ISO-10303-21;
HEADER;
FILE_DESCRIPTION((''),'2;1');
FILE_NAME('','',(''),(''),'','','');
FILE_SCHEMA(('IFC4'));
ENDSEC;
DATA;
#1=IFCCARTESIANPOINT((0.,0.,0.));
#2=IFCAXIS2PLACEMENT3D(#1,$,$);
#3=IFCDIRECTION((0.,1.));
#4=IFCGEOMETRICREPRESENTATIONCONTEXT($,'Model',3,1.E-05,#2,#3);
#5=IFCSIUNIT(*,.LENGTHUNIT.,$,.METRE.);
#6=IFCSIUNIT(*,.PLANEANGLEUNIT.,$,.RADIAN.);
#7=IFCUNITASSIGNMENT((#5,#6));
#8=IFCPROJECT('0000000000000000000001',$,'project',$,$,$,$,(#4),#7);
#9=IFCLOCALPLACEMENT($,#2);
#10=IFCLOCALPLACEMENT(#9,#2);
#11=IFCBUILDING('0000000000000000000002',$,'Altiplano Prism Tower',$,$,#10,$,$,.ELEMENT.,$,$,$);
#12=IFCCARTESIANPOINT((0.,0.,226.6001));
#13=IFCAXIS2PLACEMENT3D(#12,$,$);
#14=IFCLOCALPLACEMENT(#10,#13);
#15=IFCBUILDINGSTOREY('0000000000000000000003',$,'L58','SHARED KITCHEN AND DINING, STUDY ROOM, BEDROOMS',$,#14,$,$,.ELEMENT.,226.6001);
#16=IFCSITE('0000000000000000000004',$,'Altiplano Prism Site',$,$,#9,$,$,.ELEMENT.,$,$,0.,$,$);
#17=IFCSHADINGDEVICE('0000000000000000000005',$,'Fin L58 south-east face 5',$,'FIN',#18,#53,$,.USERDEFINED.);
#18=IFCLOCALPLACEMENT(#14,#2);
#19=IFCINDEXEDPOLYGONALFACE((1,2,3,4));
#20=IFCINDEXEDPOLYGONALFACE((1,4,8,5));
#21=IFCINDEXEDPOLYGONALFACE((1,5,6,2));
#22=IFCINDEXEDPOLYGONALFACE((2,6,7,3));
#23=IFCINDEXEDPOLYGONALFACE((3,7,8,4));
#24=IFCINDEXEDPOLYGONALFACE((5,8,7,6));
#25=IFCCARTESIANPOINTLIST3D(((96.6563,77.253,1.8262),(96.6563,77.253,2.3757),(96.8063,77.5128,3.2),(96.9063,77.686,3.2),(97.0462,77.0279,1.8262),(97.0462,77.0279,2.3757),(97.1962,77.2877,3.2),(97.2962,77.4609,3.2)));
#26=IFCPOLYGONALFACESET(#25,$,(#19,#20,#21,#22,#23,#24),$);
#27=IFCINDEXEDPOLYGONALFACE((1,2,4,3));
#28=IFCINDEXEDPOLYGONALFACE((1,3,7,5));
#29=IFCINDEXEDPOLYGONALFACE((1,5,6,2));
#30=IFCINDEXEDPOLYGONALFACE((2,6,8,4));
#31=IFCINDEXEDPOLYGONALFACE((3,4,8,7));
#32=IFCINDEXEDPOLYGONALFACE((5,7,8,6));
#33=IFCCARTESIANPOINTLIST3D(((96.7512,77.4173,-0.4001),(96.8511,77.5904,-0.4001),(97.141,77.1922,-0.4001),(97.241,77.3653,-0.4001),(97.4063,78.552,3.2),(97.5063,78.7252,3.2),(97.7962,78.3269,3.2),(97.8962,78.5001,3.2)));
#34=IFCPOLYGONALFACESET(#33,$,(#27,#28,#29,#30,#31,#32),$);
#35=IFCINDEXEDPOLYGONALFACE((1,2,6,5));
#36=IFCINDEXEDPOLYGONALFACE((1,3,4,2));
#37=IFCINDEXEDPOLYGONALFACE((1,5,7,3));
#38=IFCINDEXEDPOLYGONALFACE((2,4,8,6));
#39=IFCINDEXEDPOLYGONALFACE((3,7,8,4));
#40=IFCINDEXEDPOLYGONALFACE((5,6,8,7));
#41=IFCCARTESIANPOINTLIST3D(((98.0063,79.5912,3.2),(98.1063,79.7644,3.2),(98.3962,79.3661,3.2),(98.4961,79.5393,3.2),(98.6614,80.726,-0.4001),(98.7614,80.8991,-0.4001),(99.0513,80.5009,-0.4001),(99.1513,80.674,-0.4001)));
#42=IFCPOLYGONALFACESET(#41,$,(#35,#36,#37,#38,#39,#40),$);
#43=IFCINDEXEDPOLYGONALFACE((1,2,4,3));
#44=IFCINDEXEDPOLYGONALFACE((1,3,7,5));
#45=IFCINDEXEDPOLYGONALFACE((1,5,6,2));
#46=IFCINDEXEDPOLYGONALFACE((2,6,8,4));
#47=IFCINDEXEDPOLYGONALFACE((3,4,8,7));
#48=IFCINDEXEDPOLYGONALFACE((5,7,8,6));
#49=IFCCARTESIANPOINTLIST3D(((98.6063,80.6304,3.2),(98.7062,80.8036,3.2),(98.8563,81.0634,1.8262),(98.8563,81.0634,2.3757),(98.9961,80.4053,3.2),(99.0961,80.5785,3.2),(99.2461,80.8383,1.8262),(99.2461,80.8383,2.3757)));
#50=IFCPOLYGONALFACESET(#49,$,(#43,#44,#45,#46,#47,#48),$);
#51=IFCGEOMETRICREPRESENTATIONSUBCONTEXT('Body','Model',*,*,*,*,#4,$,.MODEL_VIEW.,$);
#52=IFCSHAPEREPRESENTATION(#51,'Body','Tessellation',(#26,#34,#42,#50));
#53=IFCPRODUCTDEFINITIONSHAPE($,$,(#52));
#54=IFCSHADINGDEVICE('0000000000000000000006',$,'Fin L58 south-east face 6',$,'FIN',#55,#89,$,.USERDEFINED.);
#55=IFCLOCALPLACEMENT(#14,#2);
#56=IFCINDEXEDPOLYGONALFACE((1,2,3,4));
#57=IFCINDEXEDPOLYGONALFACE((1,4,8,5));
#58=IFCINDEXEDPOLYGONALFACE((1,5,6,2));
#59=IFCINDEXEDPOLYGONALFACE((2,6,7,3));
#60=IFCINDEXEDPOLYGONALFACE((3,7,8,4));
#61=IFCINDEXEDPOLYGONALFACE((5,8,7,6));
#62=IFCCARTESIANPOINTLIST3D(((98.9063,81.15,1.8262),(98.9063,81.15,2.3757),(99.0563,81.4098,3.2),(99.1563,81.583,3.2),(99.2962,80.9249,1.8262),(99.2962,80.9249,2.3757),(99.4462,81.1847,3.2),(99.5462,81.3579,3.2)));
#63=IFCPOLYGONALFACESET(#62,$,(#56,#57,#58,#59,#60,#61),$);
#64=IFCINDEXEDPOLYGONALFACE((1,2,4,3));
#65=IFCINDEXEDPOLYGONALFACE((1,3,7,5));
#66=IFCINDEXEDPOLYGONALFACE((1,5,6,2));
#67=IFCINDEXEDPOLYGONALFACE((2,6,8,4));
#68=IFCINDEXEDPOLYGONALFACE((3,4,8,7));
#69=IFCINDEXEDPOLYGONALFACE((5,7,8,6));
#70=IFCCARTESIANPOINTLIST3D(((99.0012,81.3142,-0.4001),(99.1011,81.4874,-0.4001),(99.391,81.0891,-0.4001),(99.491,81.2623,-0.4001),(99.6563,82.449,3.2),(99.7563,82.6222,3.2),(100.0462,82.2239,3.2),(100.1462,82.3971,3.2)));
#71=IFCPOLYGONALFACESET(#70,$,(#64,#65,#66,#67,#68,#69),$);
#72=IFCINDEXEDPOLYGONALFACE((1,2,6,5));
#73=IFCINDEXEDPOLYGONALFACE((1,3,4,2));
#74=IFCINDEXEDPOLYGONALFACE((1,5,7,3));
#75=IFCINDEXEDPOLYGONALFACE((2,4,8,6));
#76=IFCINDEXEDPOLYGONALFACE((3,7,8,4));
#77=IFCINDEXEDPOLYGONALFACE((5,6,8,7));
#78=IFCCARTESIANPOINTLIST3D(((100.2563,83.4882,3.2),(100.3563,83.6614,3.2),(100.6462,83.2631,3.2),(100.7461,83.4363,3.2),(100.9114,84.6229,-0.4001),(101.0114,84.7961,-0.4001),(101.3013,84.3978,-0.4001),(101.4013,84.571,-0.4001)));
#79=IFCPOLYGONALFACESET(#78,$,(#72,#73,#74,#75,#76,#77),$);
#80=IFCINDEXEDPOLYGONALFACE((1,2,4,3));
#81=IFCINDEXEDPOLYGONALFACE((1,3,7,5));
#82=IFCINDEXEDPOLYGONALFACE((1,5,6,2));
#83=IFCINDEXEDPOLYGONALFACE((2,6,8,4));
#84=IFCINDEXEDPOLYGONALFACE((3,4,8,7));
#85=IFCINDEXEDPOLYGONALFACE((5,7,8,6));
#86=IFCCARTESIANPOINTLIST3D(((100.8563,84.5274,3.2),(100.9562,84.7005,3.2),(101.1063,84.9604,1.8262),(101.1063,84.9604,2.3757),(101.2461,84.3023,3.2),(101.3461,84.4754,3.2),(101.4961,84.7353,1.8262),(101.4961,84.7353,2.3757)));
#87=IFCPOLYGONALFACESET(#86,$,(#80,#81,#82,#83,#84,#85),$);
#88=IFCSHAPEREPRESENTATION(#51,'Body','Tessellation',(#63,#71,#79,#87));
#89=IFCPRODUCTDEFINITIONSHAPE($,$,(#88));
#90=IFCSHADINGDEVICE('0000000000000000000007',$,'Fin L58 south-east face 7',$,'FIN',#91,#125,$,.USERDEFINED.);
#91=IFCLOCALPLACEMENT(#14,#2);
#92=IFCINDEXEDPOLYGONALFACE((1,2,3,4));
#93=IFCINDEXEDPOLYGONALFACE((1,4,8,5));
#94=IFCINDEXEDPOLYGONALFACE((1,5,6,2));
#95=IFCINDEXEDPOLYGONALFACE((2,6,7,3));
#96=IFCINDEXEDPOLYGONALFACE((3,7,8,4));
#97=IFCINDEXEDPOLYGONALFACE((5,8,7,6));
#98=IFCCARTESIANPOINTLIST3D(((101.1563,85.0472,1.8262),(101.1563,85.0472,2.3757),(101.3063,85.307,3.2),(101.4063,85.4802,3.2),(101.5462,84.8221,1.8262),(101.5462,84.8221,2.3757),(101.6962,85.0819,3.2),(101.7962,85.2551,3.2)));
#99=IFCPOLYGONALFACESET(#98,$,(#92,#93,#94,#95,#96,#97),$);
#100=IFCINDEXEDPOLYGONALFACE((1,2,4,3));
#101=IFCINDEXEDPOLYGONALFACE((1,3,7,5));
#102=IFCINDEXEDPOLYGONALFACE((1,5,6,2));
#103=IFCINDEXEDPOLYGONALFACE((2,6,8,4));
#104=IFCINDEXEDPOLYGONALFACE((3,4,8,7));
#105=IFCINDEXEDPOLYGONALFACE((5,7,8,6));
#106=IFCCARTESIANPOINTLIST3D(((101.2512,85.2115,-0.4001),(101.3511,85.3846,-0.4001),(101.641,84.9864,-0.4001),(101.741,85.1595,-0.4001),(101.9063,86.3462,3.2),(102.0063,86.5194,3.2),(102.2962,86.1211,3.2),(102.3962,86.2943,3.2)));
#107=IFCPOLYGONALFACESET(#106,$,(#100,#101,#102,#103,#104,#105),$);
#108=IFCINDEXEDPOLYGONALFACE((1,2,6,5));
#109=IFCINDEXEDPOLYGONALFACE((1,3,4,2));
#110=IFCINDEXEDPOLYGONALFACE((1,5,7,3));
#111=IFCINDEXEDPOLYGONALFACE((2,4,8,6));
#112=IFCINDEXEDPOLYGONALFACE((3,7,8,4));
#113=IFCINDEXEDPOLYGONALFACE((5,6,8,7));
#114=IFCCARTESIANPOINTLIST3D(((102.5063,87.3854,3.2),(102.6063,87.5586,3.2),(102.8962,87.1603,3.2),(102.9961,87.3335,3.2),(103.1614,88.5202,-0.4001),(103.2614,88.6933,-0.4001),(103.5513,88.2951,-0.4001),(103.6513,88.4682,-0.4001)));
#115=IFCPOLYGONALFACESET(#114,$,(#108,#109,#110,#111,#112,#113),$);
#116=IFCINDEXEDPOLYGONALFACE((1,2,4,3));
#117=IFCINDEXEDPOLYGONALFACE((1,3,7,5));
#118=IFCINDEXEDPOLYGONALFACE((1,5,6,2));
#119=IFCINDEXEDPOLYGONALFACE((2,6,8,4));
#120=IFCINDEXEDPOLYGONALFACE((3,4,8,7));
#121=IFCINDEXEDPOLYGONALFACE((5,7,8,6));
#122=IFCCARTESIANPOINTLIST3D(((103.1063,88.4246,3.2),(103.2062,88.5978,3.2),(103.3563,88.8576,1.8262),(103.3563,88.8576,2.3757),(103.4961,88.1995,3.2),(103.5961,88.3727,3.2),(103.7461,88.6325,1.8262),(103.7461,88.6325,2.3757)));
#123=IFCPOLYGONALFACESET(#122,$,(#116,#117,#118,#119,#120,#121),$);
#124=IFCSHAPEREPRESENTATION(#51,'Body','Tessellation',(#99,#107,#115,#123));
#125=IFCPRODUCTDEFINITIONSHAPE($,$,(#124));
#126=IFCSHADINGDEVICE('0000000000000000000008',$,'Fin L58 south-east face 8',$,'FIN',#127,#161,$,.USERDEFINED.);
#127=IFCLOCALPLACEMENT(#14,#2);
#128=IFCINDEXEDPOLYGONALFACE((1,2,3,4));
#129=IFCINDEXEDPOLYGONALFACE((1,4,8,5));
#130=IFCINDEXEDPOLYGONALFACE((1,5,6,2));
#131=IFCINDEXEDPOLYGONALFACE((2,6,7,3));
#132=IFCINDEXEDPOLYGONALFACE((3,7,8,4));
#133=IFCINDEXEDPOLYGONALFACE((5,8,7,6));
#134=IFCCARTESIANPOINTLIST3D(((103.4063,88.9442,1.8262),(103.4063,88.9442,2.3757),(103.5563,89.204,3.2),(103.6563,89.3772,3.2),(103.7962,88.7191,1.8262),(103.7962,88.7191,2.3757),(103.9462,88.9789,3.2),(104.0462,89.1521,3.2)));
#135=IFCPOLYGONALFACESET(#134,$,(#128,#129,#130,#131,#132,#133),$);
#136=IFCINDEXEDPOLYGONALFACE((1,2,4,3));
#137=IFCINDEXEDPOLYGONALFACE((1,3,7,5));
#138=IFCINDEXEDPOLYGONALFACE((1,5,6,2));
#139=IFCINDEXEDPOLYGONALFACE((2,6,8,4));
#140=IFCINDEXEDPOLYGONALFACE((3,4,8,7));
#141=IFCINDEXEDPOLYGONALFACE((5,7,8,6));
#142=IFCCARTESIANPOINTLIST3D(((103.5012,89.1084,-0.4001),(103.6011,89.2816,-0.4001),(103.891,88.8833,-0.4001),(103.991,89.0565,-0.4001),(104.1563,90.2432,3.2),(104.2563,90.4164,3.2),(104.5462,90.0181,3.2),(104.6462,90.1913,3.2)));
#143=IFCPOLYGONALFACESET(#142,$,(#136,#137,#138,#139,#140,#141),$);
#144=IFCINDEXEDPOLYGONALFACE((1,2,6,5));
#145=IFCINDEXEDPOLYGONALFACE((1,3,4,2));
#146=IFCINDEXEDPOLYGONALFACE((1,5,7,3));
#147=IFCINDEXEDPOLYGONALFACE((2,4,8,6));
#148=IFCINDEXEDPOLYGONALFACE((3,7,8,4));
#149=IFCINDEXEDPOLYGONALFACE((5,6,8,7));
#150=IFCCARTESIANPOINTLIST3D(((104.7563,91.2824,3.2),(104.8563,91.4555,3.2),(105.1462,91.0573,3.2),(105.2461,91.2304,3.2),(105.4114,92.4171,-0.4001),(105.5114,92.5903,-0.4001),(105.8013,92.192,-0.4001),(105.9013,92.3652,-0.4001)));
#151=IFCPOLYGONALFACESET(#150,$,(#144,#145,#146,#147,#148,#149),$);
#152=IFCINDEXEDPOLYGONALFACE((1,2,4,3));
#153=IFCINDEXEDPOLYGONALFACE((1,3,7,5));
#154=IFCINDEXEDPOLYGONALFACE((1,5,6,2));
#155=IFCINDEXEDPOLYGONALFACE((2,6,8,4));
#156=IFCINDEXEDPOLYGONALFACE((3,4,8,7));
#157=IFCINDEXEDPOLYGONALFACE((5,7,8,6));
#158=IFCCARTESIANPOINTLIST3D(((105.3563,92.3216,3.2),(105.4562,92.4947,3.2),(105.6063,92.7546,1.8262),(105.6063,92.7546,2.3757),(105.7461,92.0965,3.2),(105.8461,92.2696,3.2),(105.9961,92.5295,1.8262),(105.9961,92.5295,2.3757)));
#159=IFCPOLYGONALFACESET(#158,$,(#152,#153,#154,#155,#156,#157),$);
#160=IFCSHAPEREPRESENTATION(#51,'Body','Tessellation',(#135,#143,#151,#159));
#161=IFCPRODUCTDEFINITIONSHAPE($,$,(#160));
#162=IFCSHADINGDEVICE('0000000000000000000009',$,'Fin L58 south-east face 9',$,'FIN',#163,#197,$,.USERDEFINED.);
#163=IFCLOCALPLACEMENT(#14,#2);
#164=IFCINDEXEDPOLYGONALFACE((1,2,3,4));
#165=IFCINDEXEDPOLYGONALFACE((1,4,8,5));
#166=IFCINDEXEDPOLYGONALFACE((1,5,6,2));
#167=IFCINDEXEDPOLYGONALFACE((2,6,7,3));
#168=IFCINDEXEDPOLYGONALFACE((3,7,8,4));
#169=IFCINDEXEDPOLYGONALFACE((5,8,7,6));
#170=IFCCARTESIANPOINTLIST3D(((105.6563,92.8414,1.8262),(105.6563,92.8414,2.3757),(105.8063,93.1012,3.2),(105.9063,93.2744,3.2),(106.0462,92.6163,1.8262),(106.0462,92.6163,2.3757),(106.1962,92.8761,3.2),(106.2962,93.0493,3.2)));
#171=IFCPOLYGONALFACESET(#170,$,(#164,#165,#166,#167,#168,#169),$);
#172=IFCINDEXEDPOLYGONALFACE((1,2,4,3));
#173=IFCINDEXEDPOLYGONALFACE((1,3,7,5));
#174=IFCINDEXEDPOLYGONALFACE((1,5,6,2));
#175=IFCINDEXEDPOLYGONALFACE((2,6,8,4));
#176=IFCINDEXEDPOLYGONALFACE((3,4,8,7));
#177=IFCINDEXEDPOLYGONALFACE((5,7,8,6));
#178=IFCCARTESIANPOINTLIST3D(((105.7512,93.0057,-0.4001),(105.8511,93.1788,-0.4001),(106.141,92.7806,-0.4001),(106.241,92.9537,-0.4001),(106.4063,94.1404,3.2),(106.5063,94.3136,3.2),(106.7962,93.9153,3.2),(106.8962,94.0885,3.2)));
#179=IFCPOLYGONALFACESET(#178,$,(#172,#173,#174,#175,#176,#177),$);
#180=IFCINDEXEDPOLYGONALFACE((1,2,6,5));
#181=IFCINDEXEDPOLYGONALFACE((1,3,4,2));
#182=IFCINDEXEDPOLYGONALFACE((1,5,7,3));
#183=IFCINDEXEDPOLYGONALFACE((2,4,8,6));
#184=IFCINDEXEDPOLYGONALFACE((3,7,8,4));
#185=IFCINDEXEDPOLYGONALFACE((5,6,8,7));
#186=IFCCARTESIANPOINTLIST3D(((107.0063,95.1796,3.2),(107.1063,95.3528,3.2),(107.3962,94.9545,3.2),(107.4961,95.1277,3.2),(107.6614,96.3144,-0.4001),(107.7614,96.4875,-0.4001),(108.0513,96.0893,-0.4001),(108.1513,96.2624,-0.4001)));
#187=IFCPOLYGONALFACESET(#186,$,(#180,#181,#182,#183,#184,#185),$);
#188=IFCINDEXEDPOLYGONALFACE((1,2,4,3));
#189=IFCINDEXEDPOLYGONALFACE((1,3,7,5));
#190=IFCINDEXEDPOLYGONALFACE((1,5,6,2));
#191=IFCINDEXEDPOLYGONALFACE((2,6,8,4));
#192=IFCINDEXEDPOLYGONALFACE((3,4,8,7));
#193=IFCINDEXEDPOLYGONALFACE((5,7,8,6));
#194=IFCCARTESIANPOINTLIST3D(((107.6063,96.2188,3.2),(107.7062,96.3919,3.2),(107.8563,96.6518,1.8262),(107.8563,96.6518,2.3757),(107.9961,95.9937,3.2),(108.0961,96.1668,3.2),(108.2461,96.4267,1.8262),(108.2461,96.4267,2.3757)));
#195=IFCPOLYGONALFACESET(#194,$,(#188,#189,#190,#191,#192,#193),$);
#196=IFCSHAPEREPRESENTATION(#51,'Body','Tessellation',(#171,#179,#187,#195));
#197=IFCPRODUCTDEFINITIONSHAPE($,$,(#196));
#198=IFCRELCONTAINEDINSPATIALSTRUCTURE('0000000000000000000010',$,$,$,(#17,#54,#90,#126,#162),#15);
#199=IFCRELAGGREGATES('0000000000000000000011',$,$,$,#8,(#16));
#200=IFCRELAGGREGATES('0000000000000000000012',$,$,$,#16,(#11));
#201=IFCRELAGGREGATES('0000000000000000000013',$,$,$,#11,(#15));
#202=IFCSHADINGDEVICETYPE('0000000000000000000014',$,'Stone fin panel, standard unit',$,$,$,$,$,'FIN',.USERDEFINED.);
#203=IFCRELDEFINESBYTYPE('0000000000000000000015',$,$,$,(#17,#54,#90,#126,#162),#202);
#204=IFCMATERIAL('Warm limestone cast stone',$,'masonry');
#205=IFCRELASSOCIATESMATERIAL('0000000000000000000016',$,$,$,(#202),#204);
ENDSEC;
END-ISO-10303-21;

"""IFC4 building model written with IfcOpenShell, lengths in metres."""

from ifc_helpers import new_model, si_unit, direction, frame, origin, place, context, subcontext, project, spatial, polyline, outline, extrude, source, transform, mapped, material, type_object, element, save


model = new_model("IFC4")

# Units and contexts
model_context = context("Model", 3, precision=1e-05, world=origin(), true_north=direction((0.0, 1.0)))
body_context = subcontext(model_context, "Body", "Model", "MODEL_VIEW")
ifc_project = project(units=[si_unit("LENGTHUNIT", "METRE"), si_unit("PLANEANGLEUNIT", "RADIAN")], contexts=[model_context])

# Site, building, storey
site_placement = place(None, origin())
site = spatial("IfcSite", under=ifc_project, at=site_placement, Name="Altiplano Prism Site", CompositionType="ELEMENT", RefElevation=0.0)
building_placement = place(site_placement, origin())
building = spatial("IfcBuilding", under=site, at=building_placement, Name="Altiplano Prism Tower", CompositionType="ELEMENT")
storey_placement = place(building_placement, frame((0.0, 0.0, 226.6001)))
storey = spatial("IfcBuildingStorey", under=building, at=storey_placement, Name="L58", Description="SHARED KITCHEN AND DINING, STUDY ROOM, BEDROOMS", CompositionType="ELEMENT", Elevation=226.6001)

# Shading devices
ifc_material_1 = material(Name="Warm limestone cast stone", Category="masonry")
shading_device_type_1 = type_object("IfcShadingDeviceType", Name="Stone fin panel, standard unit", ElementType="FIN", PredefinedType="USERDEFINED", material=ifc_material_1)
shared_shape_1 = source(origin(), body_context, "Body", "SweptSolid", [
    extrude(outline(polyline([(-2.2, 2.2263), (-1.7, 3.6001), (-1.8999, 3.6001), (-2.2, 2.7759), (-2.2, 2.2263)])), frame((0.0, -0.1499, 0.0), z_axis=(0.0, -1.0, 0.0), x_axis=(1.0, 0.0, 0.0)), (0.0, 0.0, 1.0), 0.4502),
    extrude(outline(polyline([(-2.0103, 0.0), (-1.8103, 0.0), (-0.5, 3.6001), (-0.7, 3.6001), (-2.0103, 0.0)])), frame((0.0, -0.1499, 0.0), z_axis=(0.0, -1.0, 0.0), x_axis=(1.0, 0.0, 0.0)), (0.0, 0.0, 1.0), 0.4502),
    extrude(outline(polyline([(1.8103, 0.0), (2.0103, 0.0), (0.7, 3.6001), (0.5, 3.6001), (1.8103, 0.0)])), frame((0.0, -0.1499, 0.0), z_axis=(0.0, -1.0, 0.0), x_axis=(1.0, 0.0, 0.0)), (0.0, 0.0, 1.0), 0.4502),
    extrude(outline(polyline([(2.2, 2.7759), (1.8999, 3.6001), (1.7, 3.6001), (2.2, 2.2263), (2.2, 2.7759)])), frame((0.0, -0.1499, 0.0), z_axis=(0.0, -1.0, 0.0), x_axis=(1.0, 0.0, 0.0)), (0.0, 0.0, 1.0), 0.4502),
])
shading_device_1_placement = place(storey_placement, origin())
element("IfcShadingDevice", 1, at=shading_device_1_placement, inside=storey, type_object=shading_device_type_1, Name="Fin L58 south-east face 5", ObjectType="FIN", PredefinedType="USERDEFINED", context=body_context, shape_type="MappedRepresentation", body=[
    mapped(shared_shape_1, transform((97.6265, 79.2332, -0.4001), x_axis=(0.5, 0.866025, 0.0), y_axis=(-0.866025, 0.5, 0.0), z_axis=(0.0, 0.0, 1.0))),
])
shading_device_2_placement = place(storey_placement, origin())
element("IfcShadingDevice", 2, at=shading_device_2_placement, inside=storey, type_object=shading_device_type_1, Name="Fin L58 south-east face 6", ObjectType="FIN", PredefinedType="USERDEFINED", context=body_context, shape_type="MappedRepresentation", body=[
    mapped(shared_shape_1, transform((99.8765, 83.1301, -0.4001), x_axis=(0.5, 0.866025, 0.0), y_axis=(-0.866025, 0.5, 0.0), z_axis=(0.0, 0.0, 1.0))),
])
shading_device_3_placement = place(storey_placement, origin())
element("IfcShadingDevice", 3, at=shading_device_3_placement, inside=storey, type_object=shading_device_type_1, Name="Fin L58 south-east face 7", ObjectType="FIN", PredefinedType="USERDEFINED", context=body_context, shape_type="MappedRepresentation", body=[
    mapped(shared_shape_1, transform((102.1265, 87.0273, -0.4001), x_axis=(0.5, 0.866025, 0.0), y_axis=(-0.866025, 0.5, 0.0), z_axis=(0.0, 0.0, 1.0))),
])
shading_device_4_placement = place(storey_placement, origin())
element("IfcShadingDevice", 4, at=shading_device_4_placement, inside=storey, type_object=shading_device_type_1, Name="Fin L58 south-east face 8", ObjectType="FIN", PredefinedType="USERDEFINED", context=body_context, shape_type="MappedRepresentation", body=[
    mapped(shared_shape_1, transform((104.3765, 90.9243, -0.4001), x_axis=(0.5, 0.866025, 0.0), y_axis=(-0.866025, 0.5, 0.0), z_axis=(0.0, 0.0, 1.0))),
])
shading_device_5_placement = place(storey_placement, origin())
element("IfcShadingDevice", 5, at=shading_device_5_placement, inside=storey, type_object=shading_device_type_1, Name="Fin L58 south-east face 9", ObjectType="FIN", PredefinedType="USERDEFINED", context=body_context, shape_type="MappedRepresentation", body=[
    mapped(shared_shape_1, transform((106.6265, 94.8215, -0.4001), x_axis=(0.5, 0.866025, 0.0), y_axis=(-0.866025, 0.5, 0.0), z_axis=(0.0, 0.0, 1.0))),
])

save(model, "model.ifc")
